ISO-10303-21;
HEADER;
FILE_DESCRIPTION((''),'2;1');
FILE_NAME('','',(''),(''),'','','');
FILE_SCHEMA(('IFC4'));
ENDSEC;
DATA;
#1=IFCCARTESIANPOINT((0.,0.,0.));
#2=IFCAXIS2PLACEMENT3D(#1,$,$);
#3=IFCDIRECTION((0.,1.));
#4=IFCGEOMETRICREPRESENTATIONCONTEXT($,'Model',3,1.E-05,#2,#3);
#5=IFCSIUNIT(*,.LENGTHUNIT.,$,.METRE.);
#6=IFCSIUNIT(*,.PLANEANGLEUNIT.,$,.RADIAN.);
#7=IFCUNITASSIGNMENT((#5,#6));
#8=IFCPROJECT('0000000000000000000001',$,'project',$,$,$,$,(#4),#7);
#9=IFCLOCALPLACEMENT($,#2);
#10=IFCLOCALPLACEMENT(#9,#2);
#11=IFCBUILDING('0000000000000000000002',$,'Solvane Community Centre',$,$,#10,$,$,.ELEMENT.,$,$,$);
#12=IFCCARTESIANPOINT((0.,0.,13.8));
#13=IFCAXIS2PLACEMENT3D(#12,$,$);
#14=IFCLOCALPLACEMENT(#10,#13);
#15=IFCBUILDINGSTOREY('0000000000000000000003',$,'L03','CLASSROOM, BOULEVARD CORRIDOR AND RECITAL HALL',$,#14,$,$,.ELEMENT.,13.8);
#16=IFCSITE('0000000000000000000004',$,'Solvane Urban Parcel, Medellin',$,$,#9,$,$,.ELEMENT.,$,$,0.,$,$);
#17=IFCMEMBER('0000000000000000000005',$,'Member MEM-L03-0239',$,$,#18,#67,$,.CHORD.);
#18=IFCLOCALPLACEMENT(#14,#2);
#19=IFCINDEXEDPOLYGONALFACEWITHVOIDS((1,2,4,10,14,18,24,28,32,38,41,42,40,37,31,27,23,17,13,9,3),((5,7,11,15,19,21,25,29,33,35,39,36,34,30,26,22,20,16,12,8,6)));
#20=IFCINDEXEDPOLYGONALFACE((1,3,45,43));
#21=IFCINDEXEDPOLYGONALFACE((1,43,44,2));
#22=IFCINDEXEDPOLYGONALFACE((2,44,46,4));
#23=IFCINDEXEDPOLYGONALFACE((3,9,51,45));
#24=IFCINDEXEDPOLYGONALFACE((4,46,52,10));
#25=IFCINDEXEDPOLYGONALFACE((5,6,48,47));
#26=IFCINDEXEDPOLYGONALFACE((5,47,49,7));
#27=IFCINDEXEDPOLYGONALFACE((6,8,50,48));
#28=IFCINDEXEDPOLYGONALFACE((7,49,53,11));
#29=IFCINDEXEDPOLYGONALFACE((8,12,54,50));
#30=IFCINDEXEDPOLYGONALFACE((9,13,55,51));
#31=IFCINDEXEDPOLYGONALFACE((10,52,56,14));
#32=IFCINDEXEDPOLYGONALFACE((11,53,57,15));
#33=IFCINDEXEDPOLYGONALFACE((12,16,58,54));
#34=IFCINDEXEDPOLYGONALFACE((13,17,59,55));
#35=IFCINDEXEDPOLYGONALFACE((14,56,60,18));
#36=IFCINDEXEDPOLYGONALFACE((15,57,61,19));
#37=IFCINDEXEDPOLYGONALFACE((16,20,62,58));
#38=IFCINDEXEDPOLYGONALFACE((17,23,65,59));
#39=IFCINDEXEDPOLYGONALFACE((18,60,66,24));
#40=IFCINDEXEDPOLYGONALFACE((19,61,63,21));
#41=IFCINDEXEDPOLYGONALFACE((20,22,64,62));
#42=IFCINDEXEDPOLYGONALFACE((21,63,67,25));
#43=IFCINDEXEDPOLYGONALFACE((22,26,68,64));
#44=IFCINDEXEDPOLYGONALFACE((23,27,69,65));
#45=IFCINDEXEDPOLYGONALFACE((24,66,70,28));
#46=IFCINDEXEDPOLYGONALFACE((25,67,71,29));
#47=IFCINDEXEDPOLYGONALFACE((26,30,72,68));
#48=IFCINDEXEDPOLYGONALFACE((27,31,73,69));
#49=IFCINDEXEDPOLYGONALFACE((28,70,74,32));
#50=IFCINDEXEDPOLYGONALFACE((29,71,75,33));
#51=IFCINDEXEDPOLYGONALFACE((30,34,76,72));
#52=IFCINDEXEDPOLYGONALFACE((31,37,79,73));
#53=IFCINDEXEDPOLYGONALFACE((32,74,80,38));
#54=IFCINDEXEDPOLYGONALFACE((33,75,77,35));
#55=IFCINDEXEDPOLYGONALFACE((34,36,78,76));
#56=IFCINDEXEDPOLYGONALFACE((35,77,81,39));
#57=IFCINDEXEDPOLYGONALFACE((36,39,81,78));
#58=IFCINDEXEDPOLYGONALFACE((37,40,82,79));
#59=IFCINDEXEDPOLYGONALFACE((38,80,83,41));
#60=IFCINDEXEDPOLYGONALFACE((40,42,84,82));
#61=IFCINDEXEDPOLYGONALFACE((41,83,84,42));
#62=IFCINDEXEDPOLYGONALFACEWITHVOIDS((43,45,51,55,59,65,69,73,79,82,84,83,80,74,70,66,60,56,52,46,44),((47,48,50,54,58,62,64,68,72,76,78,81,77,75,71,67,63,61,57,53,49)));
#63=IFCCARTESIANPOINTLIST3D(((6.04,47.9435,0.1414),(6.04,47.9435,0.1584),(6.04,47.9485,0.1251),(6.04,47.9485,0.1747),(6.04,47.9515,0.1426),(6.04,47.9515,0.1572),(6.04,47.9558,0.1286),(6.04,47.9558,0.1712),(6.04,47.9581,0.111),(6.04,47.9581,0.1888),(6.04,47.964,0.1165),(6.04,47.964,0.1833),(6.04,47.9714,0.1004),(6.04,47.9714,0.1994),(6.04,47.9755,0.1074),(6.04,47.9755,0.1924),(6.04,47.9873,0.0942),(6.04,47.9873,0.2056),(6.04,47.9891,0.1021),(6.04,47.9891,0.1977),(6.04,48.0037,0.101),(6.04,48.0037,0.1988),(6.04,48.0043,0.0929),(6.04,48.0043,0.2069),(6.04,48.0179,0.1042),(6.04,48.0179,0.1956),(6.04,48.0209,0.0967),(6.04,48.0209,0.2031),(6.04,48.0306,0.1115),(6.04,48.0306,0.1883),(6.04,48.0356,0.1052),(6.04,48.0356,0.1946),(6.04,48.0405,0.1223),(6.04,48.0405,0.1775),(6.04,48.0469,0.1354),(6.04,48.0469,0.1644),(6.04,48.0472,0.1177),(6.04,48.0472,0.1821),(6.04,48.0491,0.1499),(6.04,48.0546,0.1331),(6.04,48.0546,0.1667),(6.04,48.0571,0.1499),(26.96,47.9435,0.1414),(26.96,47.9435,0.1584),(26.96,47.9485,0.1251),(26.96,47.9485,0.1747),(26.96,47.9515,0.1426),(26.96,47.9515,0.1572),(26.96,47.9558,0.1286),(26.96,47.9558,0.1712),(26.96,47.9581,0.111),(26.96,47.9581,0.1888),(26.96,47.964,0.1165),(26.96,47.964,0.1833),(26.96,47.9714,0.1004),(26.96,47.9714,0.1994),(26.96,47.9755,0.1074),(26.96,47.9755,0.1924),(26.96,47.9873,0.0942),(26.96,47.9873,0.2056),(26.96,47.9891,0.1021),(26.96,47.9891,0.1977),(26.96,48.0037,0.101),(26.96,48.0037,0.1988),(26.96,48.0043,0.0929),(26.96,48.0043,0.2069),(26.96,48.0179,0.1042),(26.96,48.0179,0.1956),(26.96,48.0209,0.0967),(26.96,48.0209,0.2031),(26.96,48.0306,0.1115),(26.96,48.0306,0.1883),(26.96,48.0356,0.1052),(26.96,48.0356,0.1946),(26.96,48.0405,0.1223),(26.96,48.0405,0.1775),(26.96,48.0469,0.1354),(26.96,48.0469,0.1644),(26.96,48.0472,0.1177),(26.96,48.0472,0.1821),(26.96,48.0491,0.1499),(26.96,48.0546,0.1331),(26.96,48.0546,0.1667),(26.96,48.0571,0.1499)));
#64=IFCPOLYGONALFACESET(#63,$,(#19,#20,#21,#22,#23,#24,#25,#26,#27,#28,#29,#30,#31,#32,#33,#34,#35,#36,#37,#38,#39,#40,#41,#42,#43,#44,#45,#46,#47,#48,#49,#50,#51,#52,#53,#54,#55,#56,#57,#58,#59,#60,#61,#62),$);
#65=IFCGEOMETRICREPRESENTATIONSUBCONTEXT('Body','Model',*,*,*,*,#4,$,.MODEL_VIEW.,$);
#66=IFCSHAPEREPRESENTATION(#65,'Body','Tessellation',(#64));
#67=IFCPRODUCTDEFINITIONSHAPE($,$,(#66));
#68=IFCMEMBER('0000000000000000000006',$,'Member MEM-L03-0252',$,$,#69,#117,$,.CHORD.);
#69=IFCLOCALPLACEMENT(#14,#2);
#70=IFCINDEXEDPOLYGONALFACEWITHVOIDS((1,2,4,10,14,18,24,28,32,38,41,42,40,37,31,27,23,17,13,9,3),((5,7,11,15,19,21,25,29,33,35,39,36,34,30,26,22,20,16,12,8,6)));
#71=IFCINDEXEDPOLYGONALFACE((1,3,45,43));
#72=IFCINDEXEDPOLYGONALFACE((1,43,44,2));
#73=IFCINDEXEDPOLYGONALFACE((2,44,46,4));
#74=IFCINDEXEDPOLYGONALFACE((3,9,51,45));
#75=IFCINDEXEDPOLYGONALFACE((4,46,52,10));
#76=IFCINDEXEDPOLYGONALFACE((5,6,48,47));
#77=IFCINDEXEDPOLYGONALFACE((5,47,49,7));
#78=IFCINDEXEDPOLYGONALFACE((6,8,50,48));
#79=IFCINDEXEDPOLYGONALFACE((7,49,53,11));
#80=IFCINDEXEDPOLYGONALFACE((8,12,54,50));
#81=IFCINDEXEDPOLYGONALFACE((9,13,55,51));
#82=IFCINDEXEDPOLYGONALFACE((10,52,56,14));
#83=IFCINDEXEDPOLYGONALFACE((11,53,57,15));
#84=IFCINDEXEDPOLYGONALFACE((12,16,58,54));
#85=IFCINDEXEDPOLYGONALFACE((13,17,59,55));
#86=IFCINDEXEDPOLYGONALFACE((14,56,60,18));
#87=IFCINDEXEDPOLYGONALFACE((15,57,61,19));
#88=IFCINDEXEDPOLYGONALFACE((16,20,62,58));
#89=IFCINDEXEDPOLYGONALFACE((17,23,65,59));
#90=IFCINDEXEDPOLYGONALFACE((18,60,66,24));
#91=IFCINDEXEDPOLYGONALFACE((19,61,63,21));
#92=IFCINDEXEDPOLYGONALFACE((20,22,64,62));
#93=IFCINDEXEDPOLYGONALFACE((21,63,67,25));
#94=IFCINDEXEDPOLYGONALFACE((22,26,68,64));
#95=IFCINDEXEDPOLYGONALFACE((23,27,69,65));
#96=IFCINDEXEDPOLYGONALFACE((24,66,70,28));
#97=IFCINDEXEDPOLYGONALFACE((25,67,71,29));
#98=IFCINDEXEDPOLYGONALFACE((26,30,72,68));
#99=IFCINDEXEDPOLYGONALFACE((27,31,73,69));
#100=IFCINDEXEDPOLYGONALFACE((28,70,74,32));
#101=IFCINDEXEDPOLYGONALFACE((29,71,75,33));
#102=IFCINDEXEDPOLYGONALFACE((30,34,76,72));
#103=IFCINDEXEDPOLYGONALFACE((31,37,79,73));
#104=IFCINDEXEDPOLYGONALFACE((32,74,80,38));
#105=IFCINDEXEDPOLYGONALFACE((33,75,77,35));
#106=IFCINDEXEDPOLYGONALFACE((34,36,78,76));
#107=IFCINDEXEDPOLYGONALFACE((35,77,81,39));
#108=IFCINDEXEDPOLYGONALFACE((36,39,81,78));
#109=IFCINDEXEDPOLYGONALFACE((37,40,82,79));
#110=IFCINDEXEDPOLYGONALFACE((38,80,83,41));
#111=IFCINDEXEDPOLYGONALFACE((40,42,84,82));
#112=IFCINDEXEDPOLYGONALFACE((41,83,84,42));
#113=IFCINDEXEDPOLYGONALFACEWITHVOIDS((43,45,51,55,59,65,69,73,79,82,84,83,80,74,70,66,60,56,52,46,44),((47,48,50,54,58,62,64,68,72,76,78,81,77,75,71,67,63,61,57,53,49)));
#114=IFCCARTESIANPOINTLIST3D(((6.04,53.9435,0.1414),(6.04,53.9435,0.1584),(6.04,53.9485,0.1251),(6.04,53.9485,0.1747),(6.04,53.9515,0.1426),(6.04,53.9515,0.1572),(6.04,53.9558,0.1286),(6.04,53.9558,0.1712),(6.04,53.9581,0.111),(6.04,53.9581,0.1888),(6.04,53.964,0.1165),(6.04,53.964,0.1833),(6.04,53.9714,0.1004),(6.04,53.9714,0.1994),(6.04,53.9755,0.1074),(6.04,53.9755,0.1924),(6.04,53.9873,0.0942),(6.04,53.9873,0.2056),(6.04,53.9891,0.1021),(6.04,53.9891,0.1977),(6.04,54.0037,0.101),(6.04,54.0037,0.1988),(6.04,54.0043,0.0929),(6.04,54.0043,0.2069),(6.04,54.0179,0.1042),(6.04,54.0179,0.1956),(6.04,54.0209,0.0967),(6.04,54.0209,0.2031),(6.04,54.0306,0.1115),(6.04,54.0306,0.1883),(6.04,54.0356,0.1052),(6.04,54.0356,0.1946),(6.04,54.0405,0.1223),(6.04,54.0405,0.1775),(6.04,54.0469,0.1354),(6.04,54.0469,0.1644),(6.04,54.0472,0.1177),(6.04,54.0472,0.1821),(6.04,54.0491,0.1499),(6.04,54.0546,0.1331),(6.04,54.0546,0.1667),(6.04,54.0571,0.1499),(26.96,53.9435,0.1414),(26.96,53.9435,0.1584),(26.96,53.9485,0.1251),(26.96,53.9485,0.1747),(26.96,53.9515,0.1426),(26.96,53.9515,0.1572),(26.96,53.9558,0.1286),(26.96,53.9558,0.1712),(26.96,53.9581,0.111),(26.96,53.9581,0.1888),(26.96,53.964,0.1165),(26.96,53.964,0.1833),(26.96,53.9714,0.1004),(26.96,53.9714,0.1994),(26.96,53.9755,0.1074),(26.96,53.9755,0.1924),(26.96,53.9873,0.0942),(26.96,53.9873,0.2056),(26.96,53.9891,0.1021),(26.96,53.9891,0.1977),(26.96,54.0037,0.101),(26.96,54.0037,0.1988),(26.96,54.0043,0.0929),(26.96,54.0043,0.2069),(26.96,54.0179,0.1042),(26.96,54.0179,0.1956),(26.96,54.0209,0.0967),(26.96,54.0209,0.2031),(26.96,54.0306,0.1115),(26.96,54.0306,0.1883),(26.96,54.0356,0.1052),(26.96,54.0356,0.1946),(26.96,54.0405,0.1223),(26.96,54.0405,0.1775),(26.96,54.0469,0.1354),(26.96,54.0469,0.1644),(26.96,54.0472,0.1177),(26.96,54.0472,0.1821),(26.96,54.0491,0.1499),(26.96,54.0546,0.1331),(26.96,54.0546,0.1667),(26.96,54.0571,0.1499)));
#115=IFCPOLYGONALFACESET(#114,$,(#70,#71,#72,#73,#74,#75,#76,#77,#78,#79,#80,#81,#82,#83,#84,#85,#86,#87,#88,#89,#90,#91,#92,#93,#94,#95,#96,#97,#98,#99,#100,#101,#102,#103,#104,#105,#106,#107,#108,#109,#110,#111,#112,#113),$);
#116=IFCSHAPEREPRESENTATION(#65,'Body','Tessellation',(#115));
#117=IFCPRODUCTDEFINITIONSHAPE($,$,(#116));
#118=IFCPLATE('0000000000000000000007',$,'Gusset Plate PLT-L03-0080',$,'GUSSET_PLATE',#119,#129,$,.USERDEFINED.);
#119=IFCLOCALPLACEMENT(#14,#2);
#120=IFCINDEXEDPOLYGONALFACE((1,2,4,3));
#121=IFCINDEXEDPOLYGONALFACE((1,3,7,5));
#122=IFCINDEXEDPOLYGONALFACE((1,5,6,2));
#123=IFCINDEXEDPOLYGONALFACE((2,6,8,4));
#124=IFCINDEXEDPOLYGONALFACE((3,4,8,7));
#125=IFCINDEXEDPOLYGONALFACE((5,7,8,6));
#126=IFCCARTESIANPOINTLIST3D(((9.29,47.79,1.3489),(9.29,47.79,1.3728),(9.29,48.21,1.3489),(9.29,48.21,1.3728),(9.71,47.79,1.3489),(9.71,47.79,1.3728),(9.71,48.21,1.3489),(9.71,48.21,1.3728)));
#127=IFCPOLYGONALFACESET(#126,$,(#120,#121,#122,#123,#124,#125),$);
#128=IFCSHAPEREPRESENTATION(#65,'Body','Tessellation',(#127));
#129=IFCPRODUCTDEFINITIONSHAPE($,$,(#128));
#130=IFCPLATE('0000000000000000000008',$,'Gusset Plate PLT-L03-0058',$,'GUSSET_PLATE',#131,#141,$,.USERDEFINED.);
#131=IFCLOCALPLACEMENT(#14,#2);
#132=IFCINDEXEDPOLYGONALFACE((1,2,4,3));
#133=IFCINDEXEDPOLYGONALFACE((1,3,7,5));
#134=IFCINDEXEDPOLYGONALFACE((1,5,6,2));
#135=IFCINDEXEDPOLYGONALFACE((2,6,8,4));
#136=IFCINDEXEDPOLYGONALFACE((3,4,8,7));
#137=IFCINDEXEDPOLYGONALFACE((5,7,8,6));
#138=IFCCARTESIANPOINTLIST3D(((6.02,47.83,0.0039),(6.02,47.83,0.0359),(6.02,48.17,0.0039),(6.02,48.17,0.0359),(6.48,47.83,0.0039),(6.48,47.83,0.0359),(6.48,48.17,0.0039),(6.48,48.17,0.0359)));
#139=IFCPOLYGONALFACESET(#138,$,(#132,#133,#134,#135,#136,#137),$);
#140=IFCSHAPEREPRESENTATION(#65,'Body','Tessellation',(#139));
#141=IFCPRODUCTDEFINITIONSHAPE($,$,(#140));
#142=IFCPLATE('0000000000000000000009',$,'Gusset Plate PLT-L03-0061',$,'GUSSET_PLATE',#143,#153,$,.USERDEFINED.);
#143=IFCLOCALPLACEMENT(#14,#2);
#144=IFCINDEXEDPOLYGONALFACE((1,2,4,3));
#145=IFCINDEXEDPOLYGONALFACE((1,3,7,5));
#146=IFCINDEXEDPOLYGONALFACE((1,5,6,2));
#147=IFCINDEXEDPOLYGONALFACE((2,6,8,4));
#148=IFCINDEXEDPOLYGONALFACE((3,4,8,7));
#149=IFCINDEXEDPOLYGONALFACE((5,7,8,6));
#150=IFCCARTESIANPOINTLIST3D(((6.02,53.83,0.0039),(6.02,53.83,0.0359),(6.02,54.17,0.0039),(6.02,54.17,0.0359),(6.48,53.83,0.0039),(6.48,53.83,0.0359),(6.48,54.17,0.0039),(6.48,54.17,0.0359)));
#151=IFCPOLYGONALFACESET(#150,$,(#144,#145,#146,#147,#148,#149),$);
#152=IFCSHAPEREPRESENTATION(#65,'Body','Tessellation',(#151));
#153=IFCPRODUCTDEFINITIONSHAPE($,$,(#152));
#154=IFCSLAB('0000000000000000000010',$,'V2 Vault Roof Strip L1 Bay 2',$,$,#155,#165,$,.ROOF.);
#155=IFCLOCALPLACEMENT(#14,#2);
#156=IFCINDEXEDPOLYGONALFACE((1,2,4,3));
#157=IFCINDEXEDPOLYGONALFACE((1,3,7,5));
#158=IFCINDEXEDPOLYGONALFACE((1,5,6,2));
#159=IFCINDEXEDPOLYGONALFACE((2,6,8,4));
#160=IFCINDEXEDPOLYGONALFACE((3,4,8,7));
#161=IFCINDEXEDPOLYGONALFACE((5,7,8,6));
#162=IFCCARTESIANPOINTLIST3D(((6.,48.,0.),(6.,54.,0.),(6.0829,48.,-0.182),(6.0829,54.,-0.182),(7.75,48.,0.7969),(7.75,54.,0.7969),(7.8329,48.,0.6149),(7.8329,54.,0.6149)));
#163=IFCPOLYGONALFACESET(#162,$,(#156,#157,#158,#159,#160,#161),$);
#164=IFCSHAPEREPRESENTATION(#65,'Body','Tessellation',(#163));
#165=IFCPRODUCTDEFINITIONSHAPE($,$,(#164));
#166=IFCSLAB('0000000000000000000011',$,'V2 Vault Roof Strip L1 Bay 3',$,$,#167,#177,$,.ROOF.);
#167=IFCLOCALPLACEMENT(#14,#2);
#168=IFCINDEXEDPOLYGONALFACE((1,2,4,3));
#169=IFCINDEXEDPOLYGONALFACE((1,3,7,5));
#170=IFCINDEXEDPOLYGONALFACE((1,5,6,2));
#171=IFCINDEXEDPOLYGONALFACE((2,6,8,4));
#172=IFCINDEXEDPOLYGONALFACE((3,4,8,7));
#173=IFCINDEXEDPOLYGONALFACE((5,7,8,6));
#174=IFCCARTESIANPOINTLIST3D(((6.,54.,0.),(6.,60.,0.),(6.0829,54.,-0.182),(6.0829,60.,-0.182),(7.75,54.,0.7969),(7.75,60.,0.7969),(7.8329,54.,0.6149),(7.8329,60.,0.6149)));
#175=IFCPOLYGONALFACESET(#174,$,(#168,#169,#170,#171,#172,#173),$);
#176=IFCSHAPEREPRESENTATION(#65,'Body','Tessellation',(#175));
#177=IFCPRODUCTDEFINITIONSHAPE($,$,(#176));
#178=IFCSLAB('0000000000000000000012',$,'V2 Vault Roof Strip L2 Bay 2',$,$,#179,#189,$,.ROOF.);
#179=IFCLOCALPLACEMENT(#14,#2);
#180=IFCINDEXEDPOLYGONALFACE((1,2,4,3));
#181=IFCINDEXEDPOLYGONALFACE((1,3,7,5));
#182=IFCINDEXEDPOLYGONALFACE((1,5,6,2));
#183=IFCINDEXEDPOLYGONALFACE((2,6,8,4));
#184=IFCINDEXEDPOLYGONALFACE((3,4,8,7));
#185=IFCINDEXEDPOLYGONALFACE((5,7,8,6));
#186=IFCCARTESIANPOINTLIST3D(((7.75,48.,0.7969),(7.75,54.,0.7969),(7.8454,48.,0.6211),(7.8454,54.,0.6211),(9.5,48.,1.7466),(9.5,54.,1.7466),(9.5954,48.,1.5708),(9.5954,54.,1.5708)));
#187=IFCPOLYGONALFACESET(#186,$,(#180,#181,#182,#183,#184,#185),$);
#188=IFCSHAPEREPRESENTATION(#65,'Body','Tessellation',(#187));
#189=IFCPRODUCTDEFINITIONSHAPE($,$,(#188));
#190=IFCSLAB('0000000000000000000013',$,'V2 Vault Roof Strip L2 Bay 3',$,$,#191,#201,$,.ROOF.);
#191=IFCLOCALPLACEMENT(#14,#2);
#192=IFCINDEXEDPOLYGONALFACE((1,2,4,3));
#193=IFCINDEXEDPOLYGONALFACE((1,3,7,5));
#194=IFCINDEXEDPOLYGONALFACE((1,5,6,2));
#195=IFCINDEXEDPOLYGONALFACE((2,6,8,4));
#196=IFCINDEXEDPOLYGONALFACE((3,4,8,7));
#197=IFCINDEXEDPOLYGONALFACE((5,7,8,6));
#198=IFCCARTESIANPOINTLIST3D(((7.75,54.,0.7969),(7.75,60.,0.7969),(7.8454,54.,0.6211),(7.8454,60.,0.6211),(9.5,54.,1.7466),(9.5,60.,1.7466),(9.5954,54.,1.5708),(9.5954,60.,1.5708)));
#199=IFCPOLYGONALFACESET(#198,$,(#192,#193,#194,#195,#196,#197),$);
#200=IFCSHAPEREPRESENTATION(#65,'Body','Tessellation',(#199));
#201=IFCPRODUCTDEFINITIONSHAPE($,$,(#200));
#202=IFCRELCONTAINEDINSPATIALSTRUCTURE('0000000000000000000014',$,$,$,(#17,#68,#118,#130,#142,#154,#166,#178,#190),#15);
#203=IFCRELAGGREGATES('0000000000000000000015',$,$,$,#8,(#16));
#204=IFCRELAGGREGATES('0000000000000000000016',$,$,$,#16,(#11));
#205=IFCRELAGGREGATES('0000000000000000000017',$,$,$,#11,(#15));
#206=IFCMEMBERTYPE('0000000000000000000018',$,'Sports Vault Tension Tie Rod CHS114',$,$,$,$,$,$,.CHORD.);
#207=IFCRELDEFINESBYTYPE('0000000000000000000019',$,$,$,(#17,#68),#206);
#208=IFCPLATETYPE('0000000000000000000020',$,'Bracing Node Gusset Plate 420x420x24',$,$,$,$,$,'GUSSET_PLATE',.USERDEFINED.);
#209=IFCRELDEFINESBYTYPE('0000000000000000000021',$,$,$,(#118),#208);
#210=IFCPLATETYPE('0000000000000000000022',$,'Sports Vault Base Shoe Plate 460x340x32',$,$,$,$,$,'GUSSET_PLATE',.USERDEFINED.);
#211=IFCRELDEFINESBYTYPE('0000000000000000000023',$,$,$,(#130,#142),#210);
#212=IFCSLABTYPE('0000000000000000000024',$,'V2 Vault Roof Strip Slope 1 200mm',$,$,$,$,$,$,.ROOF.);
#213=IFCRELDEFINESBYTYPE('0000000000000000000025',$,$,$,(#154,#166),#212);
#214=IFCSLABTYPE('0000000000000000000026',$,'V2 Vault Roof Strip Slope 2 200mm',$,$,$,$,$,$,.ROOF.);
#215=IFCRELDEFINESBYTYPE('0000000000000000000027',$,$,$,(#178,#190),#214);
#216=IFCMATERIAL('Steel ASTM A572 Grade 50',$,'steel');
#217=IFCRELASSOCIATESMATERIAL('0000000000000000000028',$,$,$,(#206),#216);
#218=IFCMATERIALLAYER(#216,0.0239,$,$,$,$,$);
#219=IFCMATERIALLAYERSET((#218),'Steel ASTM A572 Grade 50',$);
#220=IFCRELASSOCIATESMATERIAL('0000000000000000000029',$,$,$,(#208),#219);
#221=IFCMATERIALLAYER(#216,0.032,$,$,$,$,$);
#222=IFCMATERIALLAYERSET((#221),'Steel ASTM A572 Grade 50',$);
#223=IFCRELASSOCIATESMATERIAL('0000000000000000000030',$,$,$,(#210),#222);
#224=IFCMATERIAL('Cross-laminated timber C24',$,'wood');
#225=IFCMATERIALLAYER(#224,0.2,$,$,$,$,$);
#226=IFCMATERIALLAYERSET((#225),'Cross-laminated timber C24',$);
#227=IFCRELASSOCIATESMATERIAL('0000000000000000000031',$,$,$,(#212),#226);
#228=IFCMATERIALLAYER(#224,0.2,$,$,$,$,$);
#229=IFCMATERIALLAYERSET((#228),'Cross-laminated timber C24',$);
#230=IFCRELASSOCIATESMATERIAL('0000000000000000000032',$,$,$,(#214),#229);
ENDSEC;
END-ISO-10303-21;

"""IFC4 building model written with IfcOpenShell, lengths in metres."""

from ifc_helpers import new_model, si_unit, direction, frame, origin, origin_2d, place, context, subcontext, project, spatial, polyline, rectangle, hollow_circle, outline, extrude, material, layer, layer_set, material_profile, profile_set, type_object, element, save


model = new_model("IFC4")

# Units and contexts
model_context = context("Model", 3, precision=1e-05, world=origin(), true_north=direction((0.0, 1.0)))
body_context = subcontext(model_context, "Body", "Model", "MODEL_VIEW")
ifc_project = project(units=[si_unit("LENGTHUNIT", "METRE"), si_unit("PLANEANGLEUNIT", "RADIAN")], contexts=[model_context])

# Site, building, storey
site_placement = place(None, origin())
site = spatial("IfcSite", under=ifc_project, at=site_placement, Name="Solvane Urban Parcel, Medellin", CompositionType="ELEMENT", RefElevation=0.0)
building_placement = place(site_placement, origin())
building = spatial("IfcBuilding", under=site, at=building_placement, Name="Solvane Community Centre", CompositionType="ELEMENT")
storey_placement = place(building_placement, frame((0.0, 0.0, 13.8)))
storey = spatial("IfcBuildingStorey", under=building, at=storey_placement, Name="L03", Description="CLASSROOM, BOULEVARD CORRIDOR AND RECITAL HALL", CompositionType="ELEMENT", Elevation=13.8)

# Members
ifc_material_1 = material(Name="Steel ASTM A572 Grade 50", Category="steel")
ifc_material_profile_1 = material_profile(ifc_material_1, hollow_circle(Radius=0.0571, WallThickness=0.0081, at=origin_2d()), Name="CHS 114.3x8.0")
ifc_profile_set_1 = profile_set([ifc_material_profile_1], Name="Steel ASTM A572 Grade 50")
member_type_1 = type_object("IfcMemberType", Name="Sports Vault Tension Tie Rod CHS114", PredefinedType="CHORD", material=ifc_profile_set_1)
for number, where, z_axis, x_axis, name in (
    (1, (6.04, 48.0, 0.1499), (1.0, 0.0, 0.0), (0.0, 1.0, 0.0), "Member MEM-L03-0239"),
    (2, (6.04, 54.0, 0.1499), (1.0, 0.0, 0.0), (0.0, 1.0, 0.0), "Member MEM-L03-0252"),
):
    element("IfcMember", number, at=place(storey_placement, frame(where, z_axis=z_axis, x_axis=x_axis)), inside=storey, type_object=member_type_1, Name=name, PredefinedType="CHORD", context=body_context, shape_type="SweptSolid", body=[
        extrude(hollow_circle(Radius=0.0571, WallThickness=0.0081, at=origin_2d()), origin(), (0.0, 0.0, 1.0), 20.9199),
    ])

# Plates
ifc_layer_1 = layer(ifc_material_1, 0.0239)
ifc_layer_set_1 = layer_set([ifc_layer_1], Name="Steel ASTM A572 Grade 50")
plate_type_1 = type_object("IfcPlateType", Name="Bracing Node Gusset Plate 420x420x24", ElementType="GUSSET_PLATE", PredefinedType="USERDEFINED", material=ifc_layer_set_1)
plate_placement = place(storey_placement, frame((9.5, 48.0, 1.3489), z_axis=(0.0, 0.0, 1.0), x_axis=(1.0, 0.0, 0.0)))
element("IfcPlate", 3, at=plate_placement, inside=storey, type_object=plate_type_1, Name="Gusset Plate PLT-L03-0080", ObjectType="GUSSET_PLATE", PredefinedType="USERDEFINED", context=body_context, shape_type="SweptSolid", body=[
    extrude(rectangle(XDim=0.4199, YDim=0.4199, at=origin_2d()), origin(), (0.0, 0.0, 1.0), 0.0239),
])
ifc_layer_2 = layer(ifc_material_1, 0.032)
ifc_layer_set_2 = layer_set([ifc_layer_2], Name="Steel ASTM A572 Grade 50")
plate_type_2 = type_object("IfcPlateType", Name="Sports Vault Base Shoe Plate 460x340x32", ElementType="GUSSET_PLATE", PredefinedType="USERDEFINED", material=ifc_layer_set_2)
for number, where, z_axis, x_axis, name in (
    (4, (6.25, 48.0, 0.0039), (0.0, 0.0, 1.0), (1.0, 0.0, 0.0), "Gusset Plate PLT-L03-0058"),
    (5, (6.25, 54.0, 0.0039), (0.0, 0.0, 1.0), (1.0, 0.0, 0.0), "Gusset Plate PLT-L03-0061"),
):
    element("IfcPlate", number, at=place(storey_placement, frame(where, z_axis=z_axis, x_axis=x_axis)), inside=storey, type_object=plate_type_2, Name=name, ObjectType="GUSSET_PLATE", PredefinedType="USERDEFINED", context=body_context, shape_type="SweptSolid", body=[
        extrude(rectangle(XDim=0.46, YDim=0.3401, at=origin_2d()), origin(), (0.0, 0.0, 1.0), 0.032),
    ])

# Slabs
ifc_material_2 = material(Name="Cross-laminated timber C24", Category="wood")
ifc_layer_3 = layer(ifc_material_2, 0.2)
ifc_layer_set_3 = layer_set([ifc_layer_3], Name="Cross-laminated timber C24")
slab_type_1 = type_object("IfcSlabType", Name="V2 Vault Roof Strip Slope 1 200mm", PredefinedType="ROOF", material=ifc_layer_set_3)
for number, where, z_axis, x_axis, name in (
    (6, (6.0, 48.0, 0.0), (-0.414415, 0.0, 0.910088), (0.910088, 0.0, 0.414415), "V2 Vault Roof Strip L1 Bay 2"),
    (7, (6.0, 54.0, 0.0), (-0.414415, 0.0, 0.910088), (0.910088, 0.0, 0.414415), "V2 Vault Roof Strip L1 Bay 3"),
):
    element("IfcSlab", number, at=place(storey_placement, frame(where, z_axis=z_axis, x_axis=x_axis)), inside=storey, type_object=slab_type_1, Name=name, PredefinedType="ROOF", context=body_context, shape_type="SweptSolid", body=[
        extrude(outline(polyline([(0.0, 0.0), (1.9229, 0.0), (1.9229, 6.0), (0.0, 6.0), (0.0, 0.0)])), origin(), (0.0, 0.0, -1.0), 0.2),
    ])
ifc_layer_4 = layer(ifc_material_2, 0.2)
ifc_layer_set_4 = layer_set([ifc_layer_4], Name="Cross-laminated timber C24")
slab_type_2 = type_object("IfcSlabType", Name="V2 Vault Roof Strip Slope 2 200mm", PredefinedType="ROOF", material=ifc_layer_set_4)
for number, where, z_axis, x_axis, name in (
    (8, (7.75, 48.0, 0.7969), (-0.476978, 0.0, 0.878915), (0.878915, 0.0, 0.476978), "V2 Vault Roof Strip L2 Bay 2"),
    (9, (7.75, 54.0, 0.7969), (-0.476978, 0.0, 0.878915), (0.878915, 0.0, 0.476978), "V2 Vault Roof Strip L2 Bay 3"),
):
    element("IfcSlab", number, at=place(storey_placement, frame(where, z_axis=z_axis, x_axis=x_axis)), inside=storey, type_object=slab_type_2, Name=name, PredefinedType="ROOF", context=body_context, shape_type="SweptSolid", body=[
        extrude(outline(polyline([(0.0, 0.0), (1.9911, 0.0), (1.9911, 6.0), (0.0, 6.0), (0.0, 0.0)])), origin(), (0.0, 0.0, -1.0), 0.2),
    ])

save(model, "model.ifc")
